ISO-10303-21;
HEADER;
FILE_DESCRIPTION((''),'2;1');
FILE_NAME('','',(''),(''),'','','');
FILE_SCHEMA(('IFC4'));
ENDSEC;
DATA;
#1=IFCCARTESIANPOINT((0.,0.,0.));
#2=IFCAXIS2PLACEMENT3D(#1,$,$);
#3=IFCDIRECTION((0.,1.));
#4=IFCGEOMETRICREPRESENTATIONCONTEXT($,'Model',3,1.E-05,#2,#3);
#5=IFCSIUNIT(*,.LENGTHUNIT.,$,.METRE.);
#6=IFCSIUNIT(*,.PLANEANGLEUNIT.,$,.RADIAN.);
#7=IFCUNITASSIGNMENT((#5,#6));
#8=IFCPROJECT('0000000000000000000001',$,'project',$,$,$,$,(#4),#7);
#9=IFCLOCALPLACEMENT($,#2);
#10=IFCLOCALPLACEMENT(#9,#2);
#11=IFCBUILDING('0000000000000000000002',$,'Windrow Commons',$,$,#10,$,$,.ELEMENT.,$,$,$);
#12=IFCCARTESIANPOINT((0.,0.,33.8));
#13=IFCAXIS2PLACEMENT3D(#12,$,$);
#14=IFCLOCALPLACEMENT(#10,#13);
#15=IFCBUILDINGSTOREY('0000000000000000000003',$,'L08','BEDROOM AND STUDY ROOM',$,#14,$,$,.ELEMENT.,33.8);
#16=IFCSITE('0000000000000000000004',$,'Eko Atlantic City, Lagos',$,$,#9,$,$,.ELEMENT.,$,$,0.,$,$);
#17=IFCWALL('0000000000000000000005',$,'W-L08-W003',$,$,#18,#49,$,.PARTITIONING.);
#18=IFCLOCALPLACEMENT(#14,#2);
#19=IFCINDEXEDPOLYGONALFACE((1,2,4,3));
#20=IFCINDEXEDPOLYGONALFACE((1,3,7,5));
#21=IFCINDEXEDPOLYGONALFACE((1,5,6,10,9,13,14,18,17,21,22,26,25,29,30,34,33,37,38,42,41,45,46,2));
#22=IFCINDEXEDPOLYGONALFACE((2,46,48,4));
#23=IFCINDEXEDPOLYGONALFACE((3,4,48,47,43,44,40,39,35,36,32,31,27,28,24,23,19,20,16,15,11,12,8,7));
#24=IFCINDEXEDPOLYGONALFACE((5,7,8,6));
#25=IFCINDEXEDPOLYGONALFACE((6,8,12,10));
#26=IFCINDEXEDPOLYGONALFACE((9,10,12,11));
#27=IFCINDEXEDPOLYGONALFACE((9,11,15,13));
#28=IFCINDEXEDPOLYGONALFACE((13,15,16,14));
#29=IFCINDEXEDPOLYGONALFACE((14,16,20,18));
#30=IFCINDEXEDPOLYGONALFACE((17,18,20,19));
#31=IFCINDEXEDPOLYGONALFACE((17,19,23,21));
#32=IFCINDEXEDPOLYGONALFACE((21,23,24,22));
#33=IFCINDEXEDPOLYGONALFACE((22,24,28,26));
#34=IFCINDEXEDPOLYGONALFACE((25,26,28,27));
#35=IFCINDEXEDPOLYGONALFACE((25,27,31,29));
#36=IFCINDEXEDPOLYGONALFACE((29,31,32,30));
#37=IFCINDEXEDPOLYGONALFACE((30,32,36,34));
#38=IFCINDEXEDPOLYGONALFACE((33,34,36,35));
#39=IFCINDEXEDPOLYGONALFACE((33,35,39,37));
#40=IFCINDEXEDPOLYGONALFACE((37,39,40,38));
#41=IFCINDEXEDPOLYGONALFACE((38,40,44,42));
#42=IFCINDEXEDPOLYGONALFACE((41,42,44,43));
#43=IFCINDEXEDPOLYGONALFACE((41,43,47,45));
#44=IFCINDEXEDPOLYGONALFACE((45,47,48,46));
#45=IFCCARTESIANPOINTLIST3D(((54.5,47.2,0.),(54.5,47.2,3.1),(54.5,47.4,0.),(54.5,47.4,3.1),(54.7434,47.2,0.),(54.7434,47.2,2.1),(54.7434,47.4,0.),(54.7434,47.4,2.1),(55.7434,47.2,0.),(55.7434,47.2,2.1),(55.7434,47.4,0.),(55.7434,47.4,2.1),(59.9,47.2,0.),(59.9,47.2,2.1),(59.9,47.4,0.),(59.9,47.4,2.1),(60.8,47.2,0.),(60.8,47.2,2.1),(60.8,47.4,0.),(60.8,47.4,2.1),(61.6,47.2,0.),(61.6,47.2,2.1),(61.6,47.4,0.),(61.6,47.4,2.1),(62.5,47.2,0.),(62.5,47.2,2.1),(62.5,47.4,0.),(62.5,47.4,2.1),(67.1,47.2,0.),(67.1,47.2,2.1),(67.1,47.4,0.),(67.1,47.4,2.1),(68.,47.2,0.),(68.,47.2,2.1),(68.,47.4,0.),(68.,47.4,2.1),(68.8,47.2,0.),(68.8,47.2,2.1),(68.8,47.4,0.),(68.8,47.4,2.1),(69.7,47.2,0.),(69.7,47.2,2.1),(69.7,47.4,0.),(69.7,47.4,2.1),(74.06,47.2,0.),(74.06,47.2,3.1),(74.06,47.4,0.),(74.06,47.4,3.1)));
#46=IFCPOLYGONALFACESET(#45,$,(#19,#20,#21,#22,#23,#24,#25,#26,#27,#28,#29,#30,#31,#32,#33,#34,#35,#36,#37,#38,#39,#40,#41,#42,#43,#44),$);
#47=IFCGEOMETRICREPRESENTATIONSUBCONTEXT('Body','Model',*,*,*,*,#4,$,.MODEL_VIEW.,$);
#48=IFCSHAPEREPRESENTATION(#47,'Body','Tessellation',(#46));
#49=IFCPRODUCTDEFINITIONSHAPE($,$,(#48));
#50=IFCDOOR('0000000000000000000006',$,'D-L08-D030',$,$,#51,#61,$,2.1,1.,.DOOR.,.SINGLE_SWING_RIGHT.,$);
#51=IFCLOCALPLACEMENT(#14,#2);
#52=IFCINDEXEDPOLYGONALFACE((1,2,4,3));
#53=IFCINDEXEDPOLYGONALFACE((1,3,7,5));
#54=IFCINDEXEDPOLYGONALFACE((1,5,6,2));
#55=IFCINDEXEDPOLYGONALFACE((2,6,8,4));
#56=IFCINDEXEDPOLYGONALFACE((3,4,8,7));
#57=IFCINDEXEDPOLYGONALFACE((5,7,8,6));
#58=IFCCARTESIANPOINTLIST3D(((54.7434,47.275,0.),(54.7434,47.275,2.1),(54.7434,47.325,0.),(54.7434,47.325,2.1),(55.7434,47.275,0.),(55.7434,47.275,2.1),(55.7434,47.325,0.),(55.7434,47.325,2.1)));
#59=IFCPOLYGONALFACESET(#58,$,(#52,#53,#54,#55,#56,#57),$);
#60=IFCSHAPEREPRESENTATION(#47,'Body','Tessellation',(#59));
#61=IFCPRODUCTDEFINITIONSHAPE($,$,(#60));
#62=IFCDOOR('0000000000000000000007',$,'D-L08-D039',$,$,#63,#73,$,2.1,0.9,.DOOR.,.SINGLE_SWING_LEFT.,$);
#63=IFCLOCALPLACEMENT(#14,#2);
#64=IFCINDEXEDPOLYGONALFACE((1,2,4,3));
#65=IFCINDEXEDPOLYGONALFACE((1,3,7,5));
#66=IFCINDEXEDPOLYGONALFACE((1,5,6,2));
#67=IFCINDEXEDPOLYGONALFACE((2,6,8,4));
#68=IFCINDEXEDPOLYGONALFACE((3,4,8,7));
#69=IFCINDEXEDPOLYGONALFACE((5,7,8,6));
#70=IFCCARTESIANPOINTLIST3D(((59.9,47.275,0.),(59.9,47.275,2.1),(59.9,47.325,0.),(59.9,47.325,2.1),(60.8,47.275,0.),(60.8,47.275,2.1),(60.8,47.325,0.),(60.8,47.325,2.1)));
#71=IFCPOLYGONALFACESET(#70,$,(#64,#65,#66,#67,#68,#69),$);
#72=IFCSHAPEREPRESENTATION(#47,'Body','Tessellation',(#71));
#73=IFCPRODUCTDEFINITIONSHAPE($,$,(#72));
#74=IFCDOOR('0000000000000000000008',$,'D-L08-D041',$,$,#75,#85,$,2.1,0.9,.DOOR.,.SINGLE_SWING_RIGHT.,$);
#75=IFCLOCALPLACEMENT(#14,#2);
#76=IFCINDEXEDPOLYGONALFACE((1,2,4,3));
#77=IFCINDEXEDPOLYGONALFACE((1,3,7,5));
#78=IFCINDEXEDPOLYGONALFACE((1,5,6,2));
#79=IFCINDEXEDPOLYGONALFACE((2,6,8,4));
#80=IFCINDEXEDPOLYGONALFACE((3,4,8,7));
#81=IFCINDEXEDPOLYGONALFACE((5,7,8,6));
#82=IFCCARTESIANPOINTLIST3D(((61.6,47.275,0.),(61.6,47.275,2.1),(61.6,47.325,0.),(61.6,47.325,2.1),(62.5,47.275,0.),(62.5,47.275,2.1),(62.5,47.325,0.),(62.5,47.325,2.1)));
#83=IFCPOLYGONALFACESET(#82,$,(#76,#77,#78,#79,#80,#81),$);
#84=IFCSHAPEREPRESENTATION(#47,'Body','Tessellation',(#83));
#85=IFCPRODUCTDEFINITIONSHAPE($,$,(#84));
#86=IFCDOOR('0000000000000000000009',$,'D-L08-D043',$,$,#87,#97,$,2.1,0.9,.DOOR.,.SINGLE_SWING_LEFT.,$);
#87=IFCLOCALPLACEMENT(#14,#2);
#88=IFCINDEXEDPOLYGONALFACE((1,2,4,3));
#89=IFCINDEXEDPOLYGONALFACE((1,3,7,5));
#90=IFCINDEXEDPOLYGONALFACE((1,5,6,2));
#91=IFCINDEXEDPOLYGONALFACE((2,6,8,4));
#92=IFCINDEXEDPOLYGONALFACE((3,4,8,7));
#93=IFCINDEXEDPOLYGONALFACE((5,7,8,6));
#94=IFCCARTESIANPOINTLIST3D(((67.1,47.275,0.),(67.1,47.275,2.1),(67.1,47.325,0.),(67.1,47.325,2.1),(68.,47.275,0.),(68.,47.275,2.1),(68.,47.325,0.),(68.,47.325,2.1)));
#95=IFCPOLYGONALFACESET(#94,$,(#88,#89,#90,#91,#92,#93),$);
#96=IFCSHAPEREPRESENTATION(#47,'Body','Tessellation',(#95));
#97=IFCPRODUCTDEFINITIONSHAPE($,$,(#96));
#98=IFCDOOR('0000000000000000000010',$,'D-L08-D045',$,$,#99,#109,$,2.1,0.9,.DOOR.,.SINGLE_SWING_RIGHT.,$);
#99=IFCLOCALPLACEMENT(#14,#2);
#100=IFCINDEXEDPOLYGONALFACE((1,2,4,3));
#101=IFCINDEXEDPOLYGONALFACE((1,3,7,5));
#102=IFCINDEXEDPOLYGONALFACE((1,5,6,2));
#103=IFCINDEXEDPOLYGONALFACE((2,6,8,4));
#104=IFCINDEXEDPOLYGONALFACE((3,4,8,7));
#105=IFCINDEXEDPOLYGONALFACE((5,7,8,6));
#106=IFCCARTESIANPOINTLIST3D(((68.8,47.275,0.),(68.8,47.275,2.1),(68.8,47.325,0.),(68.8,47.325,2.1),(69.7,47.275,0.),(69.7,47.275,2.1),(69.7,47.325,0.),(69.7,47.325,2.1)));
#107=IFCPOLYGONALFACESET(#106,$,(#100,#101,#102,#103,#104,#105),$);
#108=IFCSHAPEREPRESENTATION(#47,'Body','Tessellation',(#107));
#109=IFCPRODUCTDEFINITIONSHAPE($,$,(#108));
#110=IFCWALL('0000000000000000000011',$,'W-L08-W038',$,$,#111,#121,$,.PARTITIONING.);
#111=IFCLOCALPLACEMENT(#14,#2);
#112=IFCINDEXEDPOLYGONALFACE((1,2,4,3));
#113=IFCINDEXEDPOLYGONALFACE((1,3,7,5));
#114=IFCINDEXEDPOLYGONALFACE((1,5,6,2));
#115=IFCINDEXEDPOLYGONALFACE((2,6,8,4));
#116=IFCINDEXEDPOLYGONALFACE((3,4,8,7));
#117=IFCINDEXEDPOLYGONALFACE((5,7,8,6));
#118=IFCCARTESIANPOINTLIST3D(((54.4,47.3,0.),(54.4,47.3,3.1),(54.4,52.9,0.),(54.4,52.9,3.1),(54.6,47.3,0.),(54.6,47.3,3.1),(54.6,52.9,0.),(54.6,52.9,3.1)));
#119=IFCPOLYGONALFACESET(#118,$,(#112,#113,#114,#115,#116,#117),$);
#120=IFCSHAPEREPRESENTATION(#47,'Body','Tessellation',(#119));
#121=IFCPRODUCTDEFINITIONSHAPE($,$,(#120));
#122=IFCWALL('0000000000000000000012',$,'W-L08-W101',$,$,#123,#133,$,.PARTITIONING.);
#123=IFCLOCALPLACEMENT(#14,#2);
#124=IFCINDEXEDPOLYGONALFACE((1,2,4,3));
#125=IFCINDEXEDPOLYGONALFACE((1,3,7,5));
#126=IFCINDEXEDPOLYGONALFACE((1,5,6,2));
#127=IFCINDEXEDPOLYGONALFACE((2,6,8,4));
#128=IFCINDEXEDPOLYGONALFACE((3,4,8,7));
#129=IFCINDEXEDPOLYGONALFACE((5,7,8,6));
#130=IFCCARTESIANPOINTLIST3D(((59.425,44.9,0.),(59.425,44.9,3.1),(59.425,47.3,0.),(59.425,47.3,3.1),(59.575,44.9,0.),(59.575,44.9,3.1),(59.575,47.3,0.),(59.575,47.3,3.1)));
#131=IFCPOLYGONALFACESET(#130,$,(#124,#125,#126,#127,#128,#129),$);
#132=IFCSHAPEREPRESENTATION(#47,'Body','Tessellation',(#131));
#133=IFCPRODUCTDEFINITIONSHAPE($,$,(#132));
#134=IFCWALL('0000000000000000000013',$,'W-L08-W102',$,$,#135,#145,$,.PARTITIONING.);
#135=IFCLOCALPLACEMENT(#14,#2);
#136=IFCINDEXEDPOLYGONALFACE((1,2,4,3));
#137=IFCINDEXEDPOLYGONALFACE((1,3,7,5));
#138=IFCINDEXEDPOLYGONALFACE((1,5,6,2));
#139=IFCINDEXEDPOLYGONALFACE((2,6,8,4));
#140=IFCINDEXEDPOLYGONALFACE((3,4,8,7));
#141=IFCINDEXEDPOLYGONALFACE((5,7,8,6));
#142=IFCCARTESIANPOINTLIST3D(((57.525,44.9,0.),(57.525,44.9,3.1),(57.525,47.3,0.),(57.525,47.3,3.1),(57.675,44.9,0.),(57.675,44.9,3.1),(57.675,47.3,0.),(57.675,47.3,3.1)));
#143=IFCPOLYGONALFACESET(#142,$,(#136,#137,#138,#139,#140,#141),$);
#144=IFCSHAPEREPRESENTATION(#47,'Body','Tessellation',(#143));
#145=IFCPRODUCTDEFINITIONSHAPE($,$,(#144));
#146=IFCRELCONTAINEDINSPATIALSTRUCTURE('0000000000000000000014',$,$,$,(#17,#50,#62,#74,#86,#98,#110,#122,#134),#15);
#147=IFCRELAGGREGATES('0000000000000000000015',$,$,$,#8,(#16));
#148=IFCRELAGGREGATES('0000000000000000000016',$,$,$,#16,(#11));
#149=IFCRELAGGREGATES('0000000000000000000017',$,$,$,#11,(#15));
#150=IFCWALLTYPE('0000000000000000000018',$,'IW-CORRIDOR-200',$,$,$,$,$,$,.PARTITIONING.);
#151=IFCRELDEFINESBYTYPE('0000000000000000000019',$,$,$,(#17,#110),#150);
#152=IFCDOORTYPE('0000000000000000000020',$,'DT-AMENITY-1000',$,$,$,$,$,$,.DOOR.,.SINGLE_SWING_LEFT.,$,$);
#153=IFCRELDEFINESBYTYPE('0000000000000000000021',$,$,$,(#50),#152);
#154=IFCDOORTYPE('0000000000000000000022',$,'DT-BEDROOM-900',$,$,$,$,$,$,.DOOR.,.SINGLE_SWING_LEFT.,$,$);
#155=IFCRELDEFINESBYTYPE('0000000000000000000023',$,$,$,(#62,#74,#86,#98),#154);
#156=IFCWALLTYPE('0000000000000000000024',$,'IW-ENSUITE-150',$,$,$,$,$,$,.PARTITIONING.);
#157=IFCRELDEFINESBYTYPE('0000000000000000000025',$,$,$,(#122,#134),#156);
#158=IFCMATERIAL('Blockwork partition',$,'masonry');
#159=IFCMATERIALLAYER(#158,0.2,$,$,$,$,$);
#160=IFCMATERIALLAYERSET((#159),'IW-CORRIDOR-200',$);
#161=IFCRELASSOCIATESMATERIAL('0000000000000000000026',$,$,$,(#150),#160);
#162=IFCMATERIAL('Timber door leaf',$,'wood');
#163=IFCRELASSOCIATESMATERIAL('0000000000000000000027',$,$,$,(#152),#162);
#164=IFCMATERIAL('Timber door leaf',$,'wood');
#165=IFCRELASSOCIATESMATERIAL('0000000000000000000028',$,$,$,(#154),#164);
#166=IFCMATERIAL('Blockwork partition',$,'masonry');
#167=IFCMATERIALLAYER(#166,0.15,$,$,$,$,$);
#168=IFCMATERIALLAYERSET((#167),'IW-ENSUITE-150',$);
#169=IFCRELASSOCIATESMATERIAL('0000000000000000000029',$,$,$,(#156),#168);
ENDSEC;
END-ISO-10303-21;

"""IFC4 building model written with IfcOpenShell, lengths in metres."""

from ifc_helpers import new_model, si_unit, direction, frame, frame_2d, origin, place, context, subcontext, project, spatial, rectangle, extrude, material, layer, layer_set, type_object, element, fill, save


model = new_model("IFC4")

# Units and contexts
model_context = context("Model", 3, precision=1e-05, world=origin(), true_north=direction((0.0, 1.0)))
body_context = subcontext(model_context, "Body", "Model", "MODEL_VIEW")
ifc_project = project(units=[si_unit("LENGTHUNIT", "METRE"), si_unit("PLANEANGLEUNIT", "RADIAN")], contexts=[model_context])

# Site, building, storey
site_placement = place(None, origin())
site = spatial("IfcSite", under=ifc_project, at=site_placement, Name="Eko Atlantic City, Lagos", CompositionType="ELEMENT", RefElevation=0.0)
building_placement = place(site_placement, origin())
building = spatial("IfcBuilding", under=site, at=building_placement, Name="Windrow Commons", CompositionType="ELEMENT")
storey_placement = place(building_placement, frame((0.0, 0.0, 33.8)))
storey = spatial("IfcBuildingStorey", under=building, at=storey_placement, Name="L08", Description="BEDROOM AND STUDY ROOM", CompositionType="ELEMENT", Elevation=33.8)

# Wall, openings, doors
ifc_material_1 = material(Name="Blockwork partition", Category="masonry")
ifc_layer_1 = layer(ifc_material_1, 0.2)
ifc_layer_set_1 = layer_set([ifc_layer_1], Name="IW-CORRIDOR-200")
wall_type_1 = type_object("IfcWallType", Name="IW-CORRIDOR-200", PredefinedType="PARTITIONING", material=ifc_layer_set_1)
wall_1_placement = place(storey_placement, frame((54.5, 47.3, 0.0), z_axis=(0.0, 0.0, 1.0), x_axis=(1.0, 0.0, 0.0)))
wall_1 = element("IfcWall", 1, at=wall_1_placement, inside=storey, type_object=wall_type_1, Name="W-L08-W003", PredefinedType="PARTITIONING", context=body_context, shape_type="SweptSolid", body=[
    extrude(rectangle(XDim=19.56, YDim=0.2, at=frame_2d((9.78, 0.0))), origin(), (0.0, 0.0, 1.0), 3.1),
])
opening_1_placement = place(wall_1_placement, frame((0.2434, 0.0, 0.0)))
opening_1 = element("IfcOpeningElement", 2, at=opening_1_placement, cuts=wall_1, PredefinedType="OPENING", context=body_context, shape_type="SweptSolid", body=[
    extrude(rectangle(XDim=1.0, YDim=2.1, at=frame_2d((0.5, 1.05))), frame((0.0, 0.11, 0.0), z_axis=(0.0, -1.0, 0.0), x_axis=(1.0, 0.0, 0.0)), (0.0, 0.0, 1.0), 0.22),
])
opening_2_placement = place(wall_1_placement, frame((5.4, 0.0, 0.0)))
opening_2 = element("IfcOpeningElement", 3, at=opening_2_placement, cuts=wall_1, PredefinedType="OPENING", context=body_context, shape_type="SweptSolid", body=[
    extrude(rectangle(XDim=0.9, YDim=2.1, at=frame_2d((0.45, 1.05))), frame((0.0, 0.11, 0.0), z_axis=(0.0, -1.0, 0.0), x_axis=(1.0, 0.0, 0.0)), (0.0, 0.0, 1.0), 0.22),
])
opening_3_placement = place(wall_1_placement, frame((7.1, 0.0, 0.0)))
opening_3 = element("IfcOpeningElement", 4, at=opening_3_placement, cuts=wall_1, PredefinedType="OPENING", context=body_context, shape_type="SweptSolid", body=[
    extrude(rectangle(XDim=0.9, YDim=2.1, at=frame_2d((0.45, 1.05))), frame((0.0, 0.11, 0.0), z_axis=(0.0, -1.0, 0.0), x_axis=(1.0, 0.0, 0.0)), (0.0, 0.0, 1.0), 0.22),
])
opening_4_placement = place(wall_1_placement, frame((12.6, 0.0, 0.0)))
opening_4 = element("IfcOpeningElement", 5, at=opening_4_placement, cuts=wall_1, PredefinedType="OPENING", context=body_context, shape_type="SweptSolid", body=[
    extrude(rectangle(XDim=0.9, YDim=2.1, at=frame_2d((0.45, 1.05))), frame((0.0, 0.11, 0.0), z_axis=(0.0, -1.0, 0.0), x_axis=(1.0, 0.0, 0.0)), (0.0, 0.0, 1.0), 0.22),
])
opening_5_placement = place(wall_1_placement, frame((14.3, 0.0, 0.0)))
opening_5 = element("IfcOpeningElement", 6, at=opening_5_placement, cuts=wall_1, PredefinedType="OPENING", context=body_context, shape_type="SweptSolid", body=[
    extrude(rectangle(XDim=0.9, YDim=2.1, at=frame_2d((0.45, 1.05))), frame((0.0, 0.11, 0.0), z_axis=(0.0, -1.0, 0.0), x_axis=(1.0, 0.0, 0.0)), (0.0, 0.0, 1.0), 0.22),
])
ifc_material_2 = material(Name="Timber door leaf", Category="wood")
door_type_1 = type_object("IfcDoorType", Name="DT-AMENITY-1000", OperationType="SINGLE_SWING_LEFT", PredefinedType="DOOR", material=ifc_material_2)
door_1_placement = place(opening_1_placement, origin())
door_1 = element("IfcDoor", 7, at=door_1_placement, inside=storey, type_object=door_type_1, Name="D-L08-D030", OperationType="SINGLE_SWING_RIGHT", OverallHeight=2.1, OverallWidth=1.0, PredefinedType="DOOR", context=body_context, shape_type="SweptSolid", body=[
    extrude(rectangle(XDim=1.0, YDim=2.1, at=frame_2d((0.5, 1.05))), frame((0.0, 0.025, 0.0), z_axis=(0.0, -1.0, 0.0), x_axis=(1.0, 0.0, 0.0)), (0.0, 0.0, 1.0), 0.05),
])
fill(opening_1, door_1)
ifc_material_3 = material(Name="Timber door leaf", Category="wood")
door_type_2 = type_object("IfcDoorType", Name="DT-BEDROOM-900", OperationType="SINGLE_SWING_LEFT", PredefinedType="DOOR", material=ifc_material_3)
door_2_placement = place(opening_2_placement, origin())
door_2 = element("IfcDoor", 8, at=door_2_placement, inside=storey, type_object=door_type_2, Name="D-L08-D039", OperationType="SINGLE_SWING_LEFT", OverallHeight=2.1, OverallWidth=0.9, PredefinedType="DOOR", context=body_context, shape_type="SweptSolid", body=[
    extrude(rectangle(XDim=0.9, YDim=2.1, at=frame_2d((0.45, 1.05))), frame((0.0, 0.025, 0.0), z_axis=(0.0, -1.0, 0.0), x_axis=(1.0, 0.0, 0.0)), (0.0, 0.0, 1.0), 0.05),
])
fill(opening_2, door_2)
door_3_placement = place(opening_3_placement, origin())
door_3 = element("IfcDoor", 9, at=door_3_placement, inside=storey, type_object=door_type_2, Name="D-L08-D041", OperationType="SINGLE_SWING_RIGHT", OverallHeight=2.1, OverallWidth=0.9, PredefinedType="DOOR", context=body_context, shape_type="SweptSolid", body=[
    extrude(rectangle(XDim=0.9, YDim=2.1, at=frame_2d((0.45, 1.05))), frame((0.0, 0.025, 0.0), z_axis=(0.0, -1.0, 0.0), x_axis=(1.0, 0.0, 0.0)), (0.0, 0.0, 1.0), 0.05),
])
fill(opening_3, door_3)
door_4_placement = place(opening_4_placement, origin())
door_4 = element("IfcDoor", 10, at=door_4_placement, inside=storey, type_object=door_type_2, Name="D-L08-D043", OperationType="SINGLE_SWING_LEFT", OverallHeight=2.1, OverallWidth=0.9, PredefinedType="DOOR", context=body_context, shape_type="SweptSolid", body=[
    extrude(rectangle(XDim=0.9, YDim=2.1, at=frame_2d((0.45, 1.05))), frame((0.0, 0.025, 0.0), z_axis=(0.0, -1.0, 0.0), x_axis=(1.0, 0.0, 0.0)), (0.0, 0.0, 1.0), 0.05),
])
fill(opening_4, door_4)
door_5_placement = place(opening_5_placement, origin())
door_5 = element("IfcDoor", 11, at=door_5_placement, inside=storey, type_object=door_type_2, Name="D-L08-D045", OperationType="SINGLE_SWING_RIGHT", OverallHeight=2.1, OverallWidth=0.9, PredefinedType="DOOR", context=body_context, shape_type="SweptSolid", body=[
    extrude(rectangle(XDim=0.9, YDim=2.1, at=frame_2d((0.45, 1.05))), frame((0.0, 0.025, 0.0), z_axis=(0.0, -1.0, 0.0), x_axis=(1.0, 0.0, 0.0)), (0.0, 0.0, 1.0), 0.05),
])
fill(opening_5, door_5)

# Walls
wall_2_placement = place(storey_placement, frame((54.5, 47.3, 0.0), z_axis=(0.0, 0.0, 1.0), x_axis=(0.0, 1.0, 0.0)))
element("IfcWall", 12, at=wall_2_placement, inside=storey, type_object=wall_type_1, Name="W-L08-W038", PredefinedType="PARTITIONING", context=body_context, shape_type="SweptSolid", body=[
    extrude(rectangle(XDim=5.6, YDim=0.2, at=frame_2d((2.8, 0.0))), origin(), (0.0, 0.0, 1.0), 3.1),
])
ifc_material_4 = material(Name="Blockwork partition", Category="masonry")
ifc_layer_2 = layer(ifc_material_4, 0.15)
ifc_layer_set_2 = layer_set([ifc_layer_2], Name="IW-ENSUITE-150")
wall_type_2 = type_object("IfcWallType", Name="IW-ENSUITE-150", PredefinedType="PARTITIONING", material=ifc_layer_set_2)
for number, where, z_axis, x_axis, name in (
    (13, (59.5, 44.9, 0.0), (0.0, 0.0, 1.0), (0.0, 1.0, 0.0), "W-L08-W101"),
    (14, (57.6, 44.9, 0.0), (0.0, 0.0, 1.0), (0.0, 1.0, 0.0), "W-L08-W102"),
):
    element("IfcWall", number, at=place(storey_placement, frame(where, z_axis=z_axis, x_axis=x_axis)), inside=storey, type_object=wall_type_2, Name=name, PredefinedType="PARTITIONING", context=body_context, shape_type="SweptSolid", body=[
        extrude(rectangle(XDim=2.4, YDim=0.15, at=frame_2d((1.2, 0.0))), origin(), (0.0, 0.0, 1.0), 3.1),
    ])

save(model, "model.ifc")
